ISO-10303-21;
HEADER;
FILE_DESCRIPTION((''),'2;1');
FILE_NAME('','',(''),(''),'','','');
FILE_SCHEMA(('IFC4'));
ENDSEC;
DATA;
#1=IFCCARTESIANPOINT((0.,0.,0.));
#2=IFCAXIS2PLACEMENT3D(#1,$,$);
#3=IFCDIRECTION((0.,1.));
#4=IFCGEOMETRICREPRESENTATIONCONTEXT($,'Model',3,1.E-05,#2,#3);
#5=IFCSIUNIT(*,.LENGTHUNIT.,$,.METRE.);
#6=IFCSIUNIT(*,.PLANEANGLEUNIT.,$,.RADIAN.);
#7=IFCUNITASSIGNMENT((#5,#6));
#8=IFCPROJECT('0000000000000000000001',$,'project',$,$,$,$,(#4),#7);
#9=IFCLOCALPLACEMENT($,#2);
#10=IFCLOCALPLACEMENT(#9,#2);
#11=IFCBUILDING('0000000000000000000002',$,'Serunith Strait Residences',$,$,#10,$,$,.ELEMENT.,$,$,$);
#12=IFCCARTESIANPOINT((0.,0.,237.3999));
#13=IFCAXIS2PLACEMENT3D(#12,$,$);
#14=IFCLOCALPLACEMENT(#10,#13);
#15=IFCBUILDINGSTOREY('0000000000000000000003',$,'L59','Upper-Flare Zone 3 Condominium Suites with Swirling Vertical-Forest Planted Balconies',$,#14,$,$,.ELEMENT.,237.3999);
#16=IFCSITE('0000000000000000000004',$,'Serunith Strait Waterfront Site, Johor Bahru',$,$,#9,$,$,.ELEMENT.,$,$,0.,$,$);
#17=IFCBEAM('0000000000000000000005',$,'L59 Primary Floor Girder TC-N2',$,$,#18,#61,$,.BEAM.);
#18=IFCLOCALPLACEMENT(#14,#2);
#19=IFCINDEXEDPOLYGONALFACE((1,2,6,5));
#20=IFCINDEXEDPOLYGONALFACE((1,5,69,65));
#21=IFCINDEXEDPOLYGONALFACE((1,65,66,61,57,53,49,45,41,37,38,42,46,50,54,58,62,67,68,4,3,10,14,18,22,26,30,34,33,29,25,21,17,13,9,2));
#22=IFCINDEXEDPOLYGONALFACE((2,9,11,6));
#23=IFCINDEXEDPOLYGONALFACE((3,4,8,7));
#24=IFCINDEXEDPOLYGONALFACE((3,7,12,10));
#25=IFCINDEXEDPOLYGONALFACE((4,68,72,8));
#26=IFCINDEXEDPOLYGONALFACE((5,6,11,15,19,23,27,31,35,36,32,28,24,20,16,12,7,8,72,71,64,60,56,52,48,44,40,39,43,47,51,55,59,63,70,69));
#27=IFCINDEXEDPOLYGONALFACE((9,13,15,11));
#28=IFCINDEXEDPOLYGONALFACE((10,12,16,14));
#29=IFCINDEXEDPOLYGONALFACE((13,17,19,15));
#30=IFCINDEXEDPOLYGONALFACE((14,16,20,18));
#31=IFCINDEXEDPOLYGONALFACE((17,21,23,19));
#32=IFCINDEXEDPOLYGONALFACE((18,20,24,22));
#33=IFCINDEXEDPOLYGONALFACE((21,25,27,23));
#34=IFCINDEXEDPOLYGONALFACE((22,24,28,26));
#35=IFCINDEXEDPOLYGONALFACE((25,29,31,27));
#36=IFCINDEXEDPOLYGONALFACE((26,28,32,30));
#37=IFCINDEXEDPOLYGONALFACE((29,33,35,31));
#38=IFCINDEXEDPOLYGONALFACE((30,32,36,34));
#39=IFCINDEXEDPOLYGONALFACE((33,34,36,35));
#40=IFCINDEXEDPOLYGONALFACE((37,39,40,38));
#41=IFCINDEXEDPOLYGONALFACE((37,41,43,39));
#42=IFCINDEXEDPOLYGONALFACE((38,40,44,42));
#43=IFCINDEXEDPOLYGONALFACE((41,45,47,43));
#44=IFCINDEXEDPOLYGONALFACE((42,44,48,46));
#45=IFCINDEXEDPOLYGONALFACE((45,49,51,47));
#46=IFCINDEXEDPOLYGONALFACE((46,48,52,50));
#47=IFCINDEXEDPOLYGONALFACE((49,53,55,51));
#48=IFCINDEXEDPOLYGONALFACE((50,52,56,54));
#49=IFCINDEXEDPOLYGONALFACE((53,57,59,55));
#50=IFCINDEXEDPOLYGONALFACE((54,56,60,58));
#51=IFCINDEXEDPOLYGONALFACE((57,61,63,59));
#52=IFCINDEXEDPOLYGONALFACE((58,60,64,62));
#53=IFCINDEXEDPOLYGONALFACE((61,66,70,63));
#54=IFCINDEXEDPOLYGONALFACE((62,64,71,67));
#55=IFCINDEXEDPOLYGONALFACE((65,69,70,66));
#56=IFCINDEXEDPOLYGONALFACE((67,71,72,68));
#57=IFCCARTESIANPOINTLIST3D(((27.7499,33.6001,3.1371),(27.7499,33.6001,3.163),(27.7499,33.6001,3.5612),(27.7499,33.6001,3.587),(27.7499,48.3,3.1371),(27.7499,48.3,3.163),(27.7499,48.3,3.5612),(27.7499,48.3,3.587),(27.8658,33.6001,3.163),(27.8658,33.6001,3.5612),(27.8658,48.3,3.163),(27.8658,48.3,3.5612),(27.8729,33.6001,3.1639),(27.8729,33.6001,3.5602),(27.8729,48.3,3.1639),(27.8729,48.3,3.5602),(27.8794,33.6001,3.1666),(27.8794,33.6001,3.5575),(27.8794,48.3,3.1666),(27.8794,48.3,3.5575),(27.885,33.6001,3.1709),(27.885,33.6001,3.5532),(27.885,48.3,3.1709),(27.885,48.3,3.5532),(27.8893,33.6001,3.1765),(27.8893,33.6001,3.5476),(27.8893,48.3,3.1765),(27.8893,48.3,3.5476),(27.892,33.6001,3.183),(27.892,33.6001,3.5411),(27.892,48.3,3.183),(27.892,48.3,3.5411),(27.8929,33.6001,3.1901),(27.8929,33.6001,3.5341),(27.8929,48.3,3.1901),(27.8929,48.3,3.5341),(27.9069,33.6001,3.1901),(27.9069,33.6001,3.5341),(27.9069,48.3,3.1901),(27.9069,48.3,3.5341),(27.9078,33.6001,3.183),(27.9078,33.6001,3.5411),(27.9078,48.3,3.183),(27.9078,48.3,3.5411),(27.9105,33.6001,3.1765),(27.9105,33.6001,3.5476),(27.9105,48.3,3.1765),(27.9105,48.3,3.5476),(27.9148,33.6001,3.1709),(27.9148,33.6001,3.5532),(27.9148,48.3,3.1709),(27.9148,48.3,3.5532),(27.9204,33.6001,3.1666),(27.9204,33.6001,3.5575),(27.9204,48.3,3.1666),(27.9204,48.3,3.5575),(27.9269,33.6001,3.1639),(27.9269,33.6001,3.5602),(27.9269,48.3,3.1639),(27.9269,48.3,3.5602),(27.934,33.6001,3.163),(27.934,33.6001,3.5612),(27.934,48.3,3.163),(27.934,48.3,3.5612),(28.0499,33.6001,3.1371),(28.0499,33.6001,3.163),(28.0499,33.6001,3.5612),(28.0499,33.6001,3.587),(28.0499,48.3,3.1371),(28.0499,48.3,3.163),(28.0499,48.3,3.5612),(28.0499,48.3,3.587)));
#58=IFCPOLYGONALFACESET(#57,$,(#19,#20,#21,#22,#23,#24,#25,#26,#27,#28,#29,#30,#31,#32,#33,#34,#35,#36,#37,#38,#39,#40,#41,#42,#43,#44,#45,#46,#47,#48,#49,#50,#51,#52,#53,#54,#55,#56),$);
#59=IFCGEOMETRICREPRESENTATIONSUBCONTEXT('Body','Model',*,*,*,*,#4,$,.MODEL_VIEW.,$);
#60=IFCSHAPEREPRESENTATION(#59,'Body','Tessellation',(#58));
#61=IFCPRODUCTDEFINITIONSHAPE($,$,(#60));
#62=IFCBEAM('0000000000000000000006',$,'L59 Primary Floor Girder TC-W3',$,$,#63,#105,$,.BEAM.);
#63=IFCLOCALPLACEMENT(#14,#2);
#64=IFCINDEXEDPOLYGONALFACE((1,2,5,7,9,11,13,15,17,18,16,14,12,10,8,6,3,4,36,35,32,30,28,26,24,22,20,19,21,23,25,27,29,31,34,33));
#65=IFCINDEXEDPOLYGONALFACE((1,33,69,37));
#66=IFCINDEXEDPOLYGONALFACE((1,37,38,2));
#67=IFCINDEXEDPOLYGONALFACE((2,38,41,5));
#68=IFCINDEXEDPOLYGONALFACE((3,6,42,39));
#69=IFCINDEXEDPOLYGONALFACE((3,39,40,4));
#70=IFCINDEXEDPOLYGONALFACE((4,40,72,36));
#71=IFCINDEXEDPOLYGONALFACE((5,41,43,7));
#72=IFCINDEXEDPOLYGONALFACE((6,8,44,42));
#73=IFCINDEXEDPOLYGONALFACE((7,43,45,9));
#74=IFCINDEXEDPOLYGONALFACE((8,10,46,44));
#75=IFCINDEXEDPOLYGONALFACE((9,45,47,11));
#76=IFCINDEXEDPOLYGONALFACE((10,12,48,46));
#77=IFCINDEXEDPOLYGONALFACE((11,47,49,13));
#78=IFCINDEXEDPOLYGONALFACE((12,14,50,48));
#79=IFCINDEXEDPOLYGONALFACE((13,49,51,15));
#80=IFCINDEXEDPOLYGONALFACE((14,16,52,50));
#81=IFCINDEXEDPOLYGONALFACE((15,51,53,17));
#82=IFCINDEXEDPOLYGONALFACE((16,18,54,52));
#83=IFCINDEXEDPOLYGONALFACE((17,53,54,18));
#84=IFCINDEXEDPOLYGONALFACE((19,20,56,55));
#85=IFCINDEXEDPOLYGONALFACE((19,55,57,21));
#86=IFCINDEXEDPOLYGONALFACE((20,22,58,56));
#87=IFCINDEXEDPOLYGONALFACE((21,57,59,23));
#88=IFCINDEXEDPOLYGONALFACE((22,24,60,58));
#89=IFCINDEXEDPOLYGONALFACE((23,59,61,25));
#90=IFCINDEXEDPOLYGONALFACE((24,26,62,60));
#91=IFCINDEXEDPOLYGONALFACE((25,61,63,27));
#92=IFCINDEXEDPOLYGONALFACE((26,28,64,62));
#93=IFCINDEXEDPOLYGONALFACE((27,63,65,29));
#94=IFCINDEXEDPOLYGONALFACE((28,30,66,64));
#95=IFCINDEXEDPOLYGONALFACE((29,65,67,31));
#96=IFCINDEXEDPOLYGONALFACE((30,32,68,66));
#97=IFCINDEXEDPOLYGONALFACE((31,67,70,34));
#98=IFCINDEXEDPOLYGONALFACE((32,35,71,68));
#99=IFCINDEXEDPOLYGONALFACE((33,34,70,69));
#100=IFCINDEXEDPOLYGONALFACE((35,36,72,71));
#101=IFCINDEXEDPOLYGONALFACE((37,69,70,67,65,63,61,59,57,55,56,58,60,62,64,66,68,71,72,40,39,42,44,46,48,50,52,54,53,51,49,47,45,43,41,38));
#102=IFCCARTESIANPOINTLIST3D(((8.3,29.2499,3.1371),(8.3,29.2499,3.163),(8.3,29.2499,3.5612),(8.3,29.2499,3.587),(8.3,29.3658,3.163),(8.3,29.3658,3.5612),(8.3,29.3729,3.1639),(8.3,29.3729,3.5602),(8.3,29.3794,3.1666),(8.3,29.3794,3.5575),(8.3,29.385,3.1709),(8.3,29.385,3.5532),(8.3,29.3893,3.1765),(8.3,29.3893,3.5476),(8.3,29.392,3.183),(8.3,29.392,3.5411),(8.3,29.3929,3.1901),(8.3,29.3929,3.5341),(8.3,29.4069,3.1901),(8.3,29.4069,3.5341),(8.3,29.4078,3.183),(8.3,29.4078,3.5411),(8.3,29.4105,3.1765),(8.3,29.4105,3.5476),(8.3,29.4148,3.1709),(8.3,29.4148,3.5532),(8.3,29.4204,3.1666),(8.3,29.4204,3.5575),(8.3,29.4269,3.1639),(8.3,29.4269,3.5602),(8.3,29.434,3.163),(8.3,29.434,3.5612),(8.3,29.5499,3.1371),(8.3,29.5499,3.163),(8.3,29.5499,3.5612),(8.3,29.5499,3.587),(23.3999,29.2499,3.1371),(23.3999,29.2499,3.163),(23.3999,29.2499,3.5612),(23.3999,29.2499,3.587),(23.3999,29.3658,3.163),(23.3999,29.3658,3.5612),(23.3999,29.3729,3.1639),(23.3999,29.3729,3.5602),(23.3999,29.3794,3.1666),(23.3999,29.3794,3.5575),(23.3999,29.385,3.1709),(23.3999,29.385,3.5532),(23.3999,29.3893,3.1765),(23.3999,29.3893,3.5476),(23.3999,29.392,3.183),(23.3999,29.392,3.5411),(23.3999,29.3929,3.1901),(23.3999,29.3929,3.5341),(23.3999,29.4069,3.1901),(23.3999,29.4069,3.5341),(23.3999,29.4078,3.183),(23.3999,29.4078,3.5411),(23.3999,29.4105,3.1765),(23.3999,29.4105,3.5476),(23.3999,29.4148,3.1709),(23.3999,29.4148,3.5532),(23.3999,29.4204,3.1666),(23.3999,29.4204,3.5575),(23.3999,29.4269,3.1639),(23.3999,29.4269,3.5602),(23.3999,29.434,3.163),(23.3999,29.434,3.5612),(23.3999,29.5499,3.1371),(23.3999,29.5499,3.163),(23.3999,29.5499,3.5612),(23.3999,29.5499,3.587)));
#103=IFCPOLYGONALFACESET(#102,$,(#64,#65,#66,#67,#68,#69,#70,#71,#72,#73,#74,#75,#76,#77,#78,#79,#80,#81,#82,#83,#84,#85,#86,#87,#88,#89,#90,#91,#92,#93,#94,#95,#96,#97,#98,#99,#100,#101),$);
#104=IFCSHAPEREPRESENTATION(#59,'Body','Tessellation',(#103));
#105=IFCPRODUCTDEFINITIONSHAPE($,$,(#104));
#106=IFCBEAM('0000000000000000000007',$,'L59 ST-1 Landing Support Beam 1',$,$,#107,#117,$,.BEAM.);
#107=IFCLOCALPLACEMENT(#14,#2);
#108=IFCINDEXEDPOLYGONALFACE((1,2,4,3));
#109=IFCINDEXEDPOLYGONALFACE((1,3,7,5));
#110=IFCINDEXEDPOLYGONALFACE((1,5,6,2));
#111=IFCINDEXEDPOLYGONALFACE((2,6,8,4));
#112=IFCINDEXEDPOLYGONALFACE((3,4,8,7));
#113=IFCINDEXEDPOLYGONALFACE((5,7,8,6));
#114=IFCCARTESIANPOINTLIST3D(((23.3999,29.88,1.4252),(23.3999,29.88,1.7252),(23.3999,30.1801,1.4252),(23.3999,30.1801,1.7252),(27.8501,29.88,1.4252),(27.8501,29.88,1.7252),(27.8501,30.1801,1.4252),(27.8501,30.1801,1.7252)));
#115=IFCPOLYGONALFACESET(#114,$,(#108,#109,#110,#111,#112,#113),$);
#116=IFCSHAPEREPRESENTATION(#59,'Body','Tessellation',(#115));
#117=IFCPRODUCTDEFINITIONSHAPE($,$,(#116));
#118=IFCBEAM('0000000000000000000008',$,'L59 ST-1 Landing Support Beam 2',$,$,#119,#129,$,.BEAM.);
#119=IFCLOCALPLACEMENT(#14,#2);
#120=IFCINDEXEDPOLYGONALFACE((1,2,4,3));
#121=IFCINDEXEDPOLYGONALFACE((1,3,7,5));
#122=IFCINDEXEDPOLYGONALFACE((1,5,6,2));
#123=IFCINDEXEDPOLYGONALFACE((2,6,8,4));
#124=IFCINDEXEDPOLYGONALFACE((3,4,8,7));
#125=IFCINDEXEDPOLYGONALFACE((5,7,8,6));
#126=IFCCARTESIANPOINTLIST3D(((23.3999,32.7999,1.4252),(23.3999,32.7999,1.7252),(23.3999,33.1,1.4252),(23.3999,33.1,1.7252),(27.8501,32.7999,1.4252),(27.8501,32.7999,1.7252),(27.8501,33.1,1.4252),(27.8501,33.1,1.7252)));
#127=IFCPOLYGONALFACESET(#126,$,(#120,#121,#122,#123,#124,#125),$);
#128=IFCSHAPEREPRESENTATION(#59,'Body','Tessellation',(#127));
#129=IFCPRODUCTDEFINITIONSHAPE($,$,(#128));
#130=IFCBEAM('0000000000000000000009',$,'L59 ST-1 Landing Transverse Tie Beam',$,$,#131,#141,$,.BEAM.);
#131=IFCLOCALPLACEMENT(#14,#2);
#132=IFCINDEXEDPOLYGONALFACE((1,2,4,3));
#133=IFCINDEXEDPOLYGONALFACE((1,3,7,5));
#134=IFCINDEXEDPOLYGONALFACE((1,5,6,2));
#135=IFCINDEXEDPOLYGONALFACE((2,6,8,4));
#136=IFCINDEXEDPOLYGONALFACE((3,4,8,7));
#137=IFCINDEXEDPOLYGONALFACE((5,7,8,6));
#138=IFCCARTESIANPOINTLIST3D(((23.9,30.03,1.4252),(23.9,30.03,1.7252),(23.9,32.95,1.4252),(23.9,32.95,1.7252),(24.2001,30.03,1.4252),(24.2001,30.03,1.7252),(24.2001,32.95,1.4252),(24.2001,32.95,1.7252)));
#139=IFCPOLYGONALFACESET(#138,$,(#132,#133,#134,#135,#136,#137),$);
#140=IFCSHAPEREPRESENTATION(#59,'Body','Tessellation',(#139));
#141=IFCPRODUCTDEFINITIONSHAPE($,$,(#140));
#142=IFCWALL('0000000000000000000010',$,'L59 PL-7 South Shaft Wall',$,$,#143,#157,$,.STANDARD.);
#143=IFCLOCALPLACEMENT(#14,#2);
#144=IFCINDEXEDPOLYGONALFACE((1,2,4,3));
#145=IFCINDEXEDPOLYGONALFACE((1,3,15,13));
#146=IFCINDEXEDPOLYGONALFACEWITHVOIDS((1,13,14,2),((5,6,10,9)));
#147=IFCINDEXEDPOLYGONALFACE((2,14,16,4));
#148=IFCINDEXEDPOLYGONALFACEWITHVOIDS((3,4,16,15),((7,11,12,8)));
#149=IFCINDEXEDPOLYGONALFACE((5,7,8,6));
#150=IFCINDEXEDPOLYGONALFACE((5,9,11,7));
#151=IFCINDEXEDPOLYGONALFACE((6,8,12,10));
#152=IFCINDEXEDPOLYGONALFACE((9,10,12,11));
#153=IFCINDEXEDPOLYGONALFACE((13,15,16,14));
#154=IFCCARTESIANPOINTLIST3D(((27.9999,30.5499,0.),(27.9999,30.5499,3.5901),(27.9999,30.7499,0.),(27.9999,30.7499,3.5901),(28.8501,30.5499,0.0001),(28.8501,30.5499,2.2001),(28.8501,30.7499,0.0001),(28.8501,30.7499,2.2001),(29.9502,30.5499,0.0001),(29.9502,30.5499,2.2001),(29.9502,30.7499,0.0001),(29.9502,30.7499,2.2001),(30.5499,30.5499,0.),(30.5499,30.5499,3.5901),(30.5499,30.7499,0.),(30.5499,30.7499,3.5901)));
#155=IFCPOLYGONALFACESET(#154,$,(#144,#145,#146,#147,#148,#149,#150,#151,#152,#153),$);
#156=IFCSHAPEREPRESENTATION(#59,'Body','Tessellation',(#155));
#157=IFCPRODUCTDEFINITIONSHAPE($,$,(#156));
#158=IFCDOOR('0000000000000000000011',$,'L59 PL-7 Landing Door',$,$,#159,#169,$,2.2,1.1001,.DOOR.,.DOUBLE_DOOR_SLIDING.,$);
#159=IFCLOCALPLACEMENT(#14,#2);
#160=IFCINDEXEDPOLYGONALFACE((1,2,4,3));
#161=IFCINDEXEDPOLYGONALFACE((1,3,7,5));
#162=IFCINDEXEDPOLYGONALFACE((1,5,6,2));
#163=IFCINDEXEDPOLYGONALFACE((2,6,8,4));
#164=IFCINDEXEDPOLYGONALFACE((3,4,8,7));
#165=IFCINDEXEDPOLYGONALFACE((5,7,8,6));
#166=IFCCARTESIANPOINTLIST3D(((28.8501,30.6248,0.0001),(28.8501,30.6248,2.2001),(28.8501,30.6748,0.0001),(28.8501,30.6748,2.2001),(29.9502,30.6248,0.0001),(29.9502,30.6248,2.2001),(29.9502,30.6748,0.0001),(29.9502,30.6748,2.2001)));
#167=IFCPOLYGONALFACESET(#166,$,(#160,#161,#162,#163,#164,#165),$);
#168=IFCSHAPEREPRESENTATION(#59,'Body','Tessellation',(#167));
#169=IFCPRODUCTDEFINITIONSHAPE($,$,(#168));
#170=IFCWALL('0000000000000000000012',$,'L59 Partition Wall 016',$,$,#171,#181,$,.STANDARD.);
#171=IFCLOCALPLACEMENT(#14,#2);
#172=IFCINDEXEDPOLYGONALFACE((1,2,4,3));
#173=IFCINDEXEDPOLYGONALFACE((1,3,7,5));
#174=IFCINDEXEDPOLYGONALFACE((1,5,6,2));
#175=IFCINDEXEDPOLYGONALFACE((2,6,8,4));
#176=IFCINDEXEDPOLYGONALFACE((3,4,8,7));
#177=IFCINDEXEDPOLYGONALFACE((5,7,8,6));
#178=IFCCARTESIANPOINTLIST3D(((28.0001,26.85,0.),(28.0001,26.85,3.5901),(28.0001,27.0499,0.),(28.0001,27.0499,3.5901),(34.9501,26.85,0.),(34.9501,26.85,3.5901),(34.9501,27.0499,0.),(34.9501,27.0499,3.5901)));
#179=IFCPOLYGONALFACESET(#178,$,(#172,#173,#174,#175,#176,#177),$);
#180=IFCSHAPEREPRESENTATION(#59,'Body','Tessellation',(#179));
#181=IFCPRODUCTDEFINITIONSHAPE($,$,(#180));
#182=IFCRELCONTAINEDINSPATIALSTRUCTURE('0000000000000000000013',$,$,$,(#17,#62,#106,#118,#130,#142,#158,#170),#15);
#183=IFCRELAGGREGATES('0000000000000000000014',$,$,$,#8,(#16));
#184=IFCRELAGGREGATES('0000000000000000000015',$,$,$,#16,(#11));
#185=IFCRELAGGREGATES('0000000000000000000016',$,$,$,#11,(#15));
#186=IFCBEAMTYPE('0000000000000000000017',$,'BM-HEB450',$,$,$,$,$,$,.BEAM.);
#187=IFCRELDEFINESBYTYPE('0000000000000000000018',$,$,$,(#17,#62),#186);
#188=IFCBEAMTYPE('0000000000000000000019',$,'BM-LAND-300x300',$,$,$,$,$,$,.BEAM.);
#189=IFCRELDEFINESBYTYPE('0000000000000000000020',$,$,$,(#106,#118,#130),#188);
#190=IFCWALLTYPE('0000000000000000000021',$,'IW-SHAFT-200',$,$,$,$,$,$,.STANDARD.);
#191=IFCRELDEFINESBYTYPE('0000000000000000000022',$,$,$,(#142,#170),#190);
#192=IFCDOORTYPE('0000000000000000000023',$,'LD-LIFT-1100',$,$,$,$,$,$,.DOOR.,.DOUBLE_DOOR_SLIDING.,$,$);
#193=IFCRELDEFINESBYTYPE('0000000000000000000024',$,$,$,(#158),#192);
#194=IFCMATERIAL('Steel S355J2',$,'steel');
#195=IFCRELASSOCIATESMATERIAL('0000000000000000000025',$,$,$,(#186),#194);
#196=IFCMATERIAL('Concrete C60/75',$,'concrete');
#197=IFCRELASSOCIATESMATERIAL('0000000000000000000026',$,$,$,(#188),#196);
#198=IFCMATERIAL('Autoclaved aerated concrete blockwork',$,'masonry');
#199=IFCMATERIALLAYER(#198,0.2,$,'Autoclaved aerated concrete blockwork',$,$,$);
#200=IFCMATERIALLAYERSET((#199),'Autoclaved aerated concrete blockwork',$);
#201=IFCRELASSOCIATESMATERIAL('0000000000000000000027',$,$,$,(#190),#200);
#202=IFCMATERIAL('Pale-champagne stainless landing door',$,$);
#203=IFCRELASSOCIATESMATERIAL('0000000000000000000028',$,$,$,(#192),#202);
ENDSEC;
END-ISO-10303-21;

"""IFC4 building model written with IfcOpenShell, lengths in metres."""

from ifc_helpers import new_model, si_unit, direction, frame, frame_2d, origin, origin_2d, place, context, subcontext, project, spatial, rectangle, i_section, extrude, source, transform, mapped, material, layer, layer_set, material_profile, profile_set, type_object, element, fill, save


model = new_model("IFC4")

# Units and contexts
model_context = context("Model", 3, precision=1e-05, world=origin(), true_north=direction((0.0, 1.0)))
body_context = subcontext(model_context, "Body", "Model", "MODEL_VIEW")
ifc_project = project(units=[si_unit("LENGTHUNIT", "METRE"), si_unit("PLANEANGLEUNIT", "RADIAN")], contexts=[model_context])

# Site, building, storey
site_placement = place(None, origin())
site = spatial("IfcSite", under=ifc_project, at=site_placement, Name="Serunith Strait Waterfront Site, Johor Bahru", CompositionType="ELEMENT", RefElevation=0.0)
building_placement = place(site_placement, origin())
building = spatial("IfcBuilding", under=site, at=building_placement, Name="Serunith Strait Residences", CompositionType="ELEMENT")
storey_placement = place(building_placement, frame((0.0, 0.0, 237.3999)))
storey = spatial("IfcBuildingStorey", under=building, at=storey_placement, Name="L59", Description="Upper-Flare Zone 3 Condominium Suites with Swirling Vertical-Forest Planted Balconies", CompositionType="ELEMENT", Elevation=237.3999)

# Beams
ifc_material_1 = material(Name="Steel S355J2", Category="steel")
ifc_material_profile_1 = material_profile(ifc_material_1, i_section(OverallWidth=0.3, OverallDepth=0.45, WebThickness=0.0139, FlangeThickness=0.0259, FilletRadius=0.0271, at=origin_2d()), Name="HEB 450")
ifc_profile_set_1 = profile_set([ifc_material_profile_1], Name="Steel S355J2")
beam_type_1 = type_object("IfcBeamType", Name="BM-HEB450", PredefinedType="BEAM", material=ifc_profile_set_1)
shared_shape_1 = source(origin(), body_context, "Body", "SweptSolid", [
    extrude(i_section(OverallWidth=0.3, OverallDepth=0.45, WebThickness=0.0139, FlangeThickness=0.0259, FilletRadius=0.0271, at=origin_2d()), origin(), (0.0, 0.0, 1.0), 14.7),
])
beam_1_placement = place(storey_placement, frame((27.8999, 33.6001, 3.3621), z_axis=(0.0, 1.0, 0.0), x_axis=(-1.0, 0.0, 0.0)))
element("IfcBeam", 1, at=beam_1_placement, inside=storey, type_object=beam_type_1, Name="L59 Primary Floor Girder TC-N2", PredefinedType="BEAM", context=body_context, shape_type="MappedRepresentation", body=[
    mapped(shared_shape_1, transform((0.0, 0.0, 0.0), scale=1.0)),
])
shared_shape_2 = source(origin(), body_context, "Body", "SweptSolid", [
    extrude(i_section(OverallWidth=0.3, OverallDepth=0.45, WebThickness=0.0139, FlangeThickness=0.0259, FilletRadius=0.0271, at=origin_2d()), origin(), (0.0, 0.0, 1.0), 15.0999),
])
beam_2_placement = place(storey_placement, frame((23.3999, 29.3999, 3.3621), z_axis=(-1.0, 0.0, 0.0), x_axis=(0.0, -1.0, 0.0)))
element("IfcBeam", 2, at=beam_2_placement, inside=storey, type_object=beam_type_1, Name="L59 Primary Floor Girder TC-W3", PredefinedType="BEAM", context=body_context, shape_type="MappedRepresentation", body=[
    mapped(shared_shape_2, transform((0.0, 0.0, 0.0), scale=1.0)),
])
ifc_material_2 = material(Name="Concrete C60/75", Category="concrete")
ifc_material_profile_2 = material_profile(ifc_material_2, rectangle(XDim=0.3, YDim=0.3, at=origin_2d()), Name="RC 300x300")
ifc_profile_set_2 = profile_set([ifc_material_profile_2], Name="Concrete C60/75")
beam_type_2 = type_object("IfcBeamType", Name="BM-LAND-300x300", PredefinedType="BEAM", material=ifc_profile_set_2)
shared_shape_3 = source(origin(), body_context, "Body", "SweptSolid", [
    extrude(rectangle(XDim=0.3, YDim=0.3, at=origin_2d()), origin(), (0.0, 0.0, 1.0), 4.4502),
])
for number, where, z_axis, x_axis, name in (
    (3, (23.3999, 30.03, 1.5752), (1.0, 0.0, 0.0), (0.0, 1.0, 0.0), "L59 ST-1 Landing Support Beam 1"),
    (4, (23.3999, 32.95, 1.5752), (1.0, 0.0, 0.0), (0.0, 1.0, 0.0), "L59 ST-1 Landing Support Beam 2"),
):
    element("IfcBeam", number, at=place(storey_placement, frame(where, z_axis=z_axis, x_axis=x_axis)), inside=storey, type_object=beam_type_2, Name=name, PredefinedType="BEAM", context=body_context, shape_type="MappedRepresentation", body=[
        mapped(shared_shape_3, transform((0.0, 0.0, 0.0), scale=1.0)),
    ])
shared_shape_4 = source(origin(), body_context, "Body", "SweptSolid", [
    extrude(rectangle(XDim=0.3, YDim=0.3, at=origin_2d()), origin(), (0.0, 0.0, 1.0), 2.9199),
])
beam_3_placement = place(storey_placement, frame((24.05, 30.03, 1.5752), z_axis=(0.0, 1.0, 0.0), x_axis=(-1.0, 0.0, 0.0)))
element("IfcBeam", 5, at=beam_3_placement, inside=storey, type_object=beam_type_2, Name="L59 ST-1 Landing Transverse Tie Beam", PredefinedType="BEAM", context=body_context, shape_type="MappedRepresentation", body=[
    mapped(shared_shape_4, transform((0.0, 0.0, 0.0), scale=1.0)),
])

# Wall, opening, door
ifc_material_3 = material(Name="Autoclaved aerated concrete blockwork", Category="masonry")
ifc_layer = layer(ifc_material_3, 0.2, Name="Autoclaved aerated concrete blockwork")
ifc_layer_set = layer_set([ifc_layer], Name="Autoclaved aerated concrete blockwork")
wall_type = type_object("IfcWallType", Name="IW-SHAFT-200", PredefinedType="STANDARD", material=ifc_layer_set)
wall_1_placement = place(storey_placement, frame((28.0, 30.6499, 0.0), z_axis=(0.0, 0.0, 1.0), x_axis=(1.0, 0.0, 0.0)))
wall_1 = element("IfcWall", 6, at=wall_1_placement, inside=storey, type_object=wall_type, Name="L59 PL-7 South Shaft Wall", PredefinedType="STANDARD", context=body_context, shape_type="SweptSolid", body=[
    extrude(rectangle(XDim=2.55, YDim=0.2, at=frame_2d((1.2749, 0.0))), origin(), (0.0, 0.0, 1.0), 3.5901),
])
opening_1_placement = place(wall_1_placement, frame((0.8501, 0.0, 0.0)))
opening_1 = element("IfcOpeningElement", 7, at=opening_1_placement, cuts=wall_1, PredefinedType="OPENING", context=body_context, shape_type="SweptSolid", body=[
    extrude(rectangle(XDim=1.1001, YDim=2.2, at=frame_2d((0.55, 1.1001))), frame((0.0, 0.1099, 0.0), z_axis=(0.0, -1.0, 0.0), x_axis=(1.0, 0.0, 0.0)), (0.0, 0.0, 1.0), 0.22),
])
ifc_material_4 = material(Name="Pale-champagne stainless landing door")
door_type_1 = type_object("IfcDoorType", Name="LD-LIFT-1100", OperationType="DOUBLE_DOOR_SLIDING", PredefinedType="DOOR", material=ifc_material_4)
shared_shape_5 = source(origin(), body_context, "Body", "SweptSolid", [
    extrude(rectangle(XDim=1.1001, YDim=2.2, at=frame_2d((0.55, 1.1001))), frame((0.0, 0.0249, 0.0), z_axis=(0.0, -1.0, 0.0), x_axis=(1.0, 0.0, 0.0)), (0.0, 0.0, 1.0), 0.05),
])
door_1_placement = place(opening_1_placement, origin())
door_1 = element("IfcDoor", 8, at=door_1_placement, inside=storey, type_object=door_type_1, Name="L59 PL-7 Landing Door", OperationType="DOUBLE_DOOR_SLIDING", OverallHeight=2.2, OverallWidth=1.1001, PredefinedType="DOOR", context=body_context, shape_type="MappedRepresentation", body=[
    mapped(shared_shape_5, transform((0.0, 0.0, 0.0), scale=1.0)),
])
fill(opening_1, door_1)

# Wall
wall_2_placement = place(storey_placement, frame((28.0, 26.95, 0.0), z_axis=(0.0, 0.0, 1.0), x_axis=(1.0, 0.0, 0.0)))
element("IfcWall", 9, at=wall_2_placement, inside=storey, type_object=wall_type, Name="L59 Partition Wall 016", PredefinedType="STANDARD", context=body_context, shape_type="SweptSolid", body=[
    extrude(rectangle(XDim=6.95, YDim=0.2, at=frame_2d((3.4751, 0.0))), origin(), (0.0, 0.0, 1.0), 3.5901),
])

save(model, "model.ifc")
